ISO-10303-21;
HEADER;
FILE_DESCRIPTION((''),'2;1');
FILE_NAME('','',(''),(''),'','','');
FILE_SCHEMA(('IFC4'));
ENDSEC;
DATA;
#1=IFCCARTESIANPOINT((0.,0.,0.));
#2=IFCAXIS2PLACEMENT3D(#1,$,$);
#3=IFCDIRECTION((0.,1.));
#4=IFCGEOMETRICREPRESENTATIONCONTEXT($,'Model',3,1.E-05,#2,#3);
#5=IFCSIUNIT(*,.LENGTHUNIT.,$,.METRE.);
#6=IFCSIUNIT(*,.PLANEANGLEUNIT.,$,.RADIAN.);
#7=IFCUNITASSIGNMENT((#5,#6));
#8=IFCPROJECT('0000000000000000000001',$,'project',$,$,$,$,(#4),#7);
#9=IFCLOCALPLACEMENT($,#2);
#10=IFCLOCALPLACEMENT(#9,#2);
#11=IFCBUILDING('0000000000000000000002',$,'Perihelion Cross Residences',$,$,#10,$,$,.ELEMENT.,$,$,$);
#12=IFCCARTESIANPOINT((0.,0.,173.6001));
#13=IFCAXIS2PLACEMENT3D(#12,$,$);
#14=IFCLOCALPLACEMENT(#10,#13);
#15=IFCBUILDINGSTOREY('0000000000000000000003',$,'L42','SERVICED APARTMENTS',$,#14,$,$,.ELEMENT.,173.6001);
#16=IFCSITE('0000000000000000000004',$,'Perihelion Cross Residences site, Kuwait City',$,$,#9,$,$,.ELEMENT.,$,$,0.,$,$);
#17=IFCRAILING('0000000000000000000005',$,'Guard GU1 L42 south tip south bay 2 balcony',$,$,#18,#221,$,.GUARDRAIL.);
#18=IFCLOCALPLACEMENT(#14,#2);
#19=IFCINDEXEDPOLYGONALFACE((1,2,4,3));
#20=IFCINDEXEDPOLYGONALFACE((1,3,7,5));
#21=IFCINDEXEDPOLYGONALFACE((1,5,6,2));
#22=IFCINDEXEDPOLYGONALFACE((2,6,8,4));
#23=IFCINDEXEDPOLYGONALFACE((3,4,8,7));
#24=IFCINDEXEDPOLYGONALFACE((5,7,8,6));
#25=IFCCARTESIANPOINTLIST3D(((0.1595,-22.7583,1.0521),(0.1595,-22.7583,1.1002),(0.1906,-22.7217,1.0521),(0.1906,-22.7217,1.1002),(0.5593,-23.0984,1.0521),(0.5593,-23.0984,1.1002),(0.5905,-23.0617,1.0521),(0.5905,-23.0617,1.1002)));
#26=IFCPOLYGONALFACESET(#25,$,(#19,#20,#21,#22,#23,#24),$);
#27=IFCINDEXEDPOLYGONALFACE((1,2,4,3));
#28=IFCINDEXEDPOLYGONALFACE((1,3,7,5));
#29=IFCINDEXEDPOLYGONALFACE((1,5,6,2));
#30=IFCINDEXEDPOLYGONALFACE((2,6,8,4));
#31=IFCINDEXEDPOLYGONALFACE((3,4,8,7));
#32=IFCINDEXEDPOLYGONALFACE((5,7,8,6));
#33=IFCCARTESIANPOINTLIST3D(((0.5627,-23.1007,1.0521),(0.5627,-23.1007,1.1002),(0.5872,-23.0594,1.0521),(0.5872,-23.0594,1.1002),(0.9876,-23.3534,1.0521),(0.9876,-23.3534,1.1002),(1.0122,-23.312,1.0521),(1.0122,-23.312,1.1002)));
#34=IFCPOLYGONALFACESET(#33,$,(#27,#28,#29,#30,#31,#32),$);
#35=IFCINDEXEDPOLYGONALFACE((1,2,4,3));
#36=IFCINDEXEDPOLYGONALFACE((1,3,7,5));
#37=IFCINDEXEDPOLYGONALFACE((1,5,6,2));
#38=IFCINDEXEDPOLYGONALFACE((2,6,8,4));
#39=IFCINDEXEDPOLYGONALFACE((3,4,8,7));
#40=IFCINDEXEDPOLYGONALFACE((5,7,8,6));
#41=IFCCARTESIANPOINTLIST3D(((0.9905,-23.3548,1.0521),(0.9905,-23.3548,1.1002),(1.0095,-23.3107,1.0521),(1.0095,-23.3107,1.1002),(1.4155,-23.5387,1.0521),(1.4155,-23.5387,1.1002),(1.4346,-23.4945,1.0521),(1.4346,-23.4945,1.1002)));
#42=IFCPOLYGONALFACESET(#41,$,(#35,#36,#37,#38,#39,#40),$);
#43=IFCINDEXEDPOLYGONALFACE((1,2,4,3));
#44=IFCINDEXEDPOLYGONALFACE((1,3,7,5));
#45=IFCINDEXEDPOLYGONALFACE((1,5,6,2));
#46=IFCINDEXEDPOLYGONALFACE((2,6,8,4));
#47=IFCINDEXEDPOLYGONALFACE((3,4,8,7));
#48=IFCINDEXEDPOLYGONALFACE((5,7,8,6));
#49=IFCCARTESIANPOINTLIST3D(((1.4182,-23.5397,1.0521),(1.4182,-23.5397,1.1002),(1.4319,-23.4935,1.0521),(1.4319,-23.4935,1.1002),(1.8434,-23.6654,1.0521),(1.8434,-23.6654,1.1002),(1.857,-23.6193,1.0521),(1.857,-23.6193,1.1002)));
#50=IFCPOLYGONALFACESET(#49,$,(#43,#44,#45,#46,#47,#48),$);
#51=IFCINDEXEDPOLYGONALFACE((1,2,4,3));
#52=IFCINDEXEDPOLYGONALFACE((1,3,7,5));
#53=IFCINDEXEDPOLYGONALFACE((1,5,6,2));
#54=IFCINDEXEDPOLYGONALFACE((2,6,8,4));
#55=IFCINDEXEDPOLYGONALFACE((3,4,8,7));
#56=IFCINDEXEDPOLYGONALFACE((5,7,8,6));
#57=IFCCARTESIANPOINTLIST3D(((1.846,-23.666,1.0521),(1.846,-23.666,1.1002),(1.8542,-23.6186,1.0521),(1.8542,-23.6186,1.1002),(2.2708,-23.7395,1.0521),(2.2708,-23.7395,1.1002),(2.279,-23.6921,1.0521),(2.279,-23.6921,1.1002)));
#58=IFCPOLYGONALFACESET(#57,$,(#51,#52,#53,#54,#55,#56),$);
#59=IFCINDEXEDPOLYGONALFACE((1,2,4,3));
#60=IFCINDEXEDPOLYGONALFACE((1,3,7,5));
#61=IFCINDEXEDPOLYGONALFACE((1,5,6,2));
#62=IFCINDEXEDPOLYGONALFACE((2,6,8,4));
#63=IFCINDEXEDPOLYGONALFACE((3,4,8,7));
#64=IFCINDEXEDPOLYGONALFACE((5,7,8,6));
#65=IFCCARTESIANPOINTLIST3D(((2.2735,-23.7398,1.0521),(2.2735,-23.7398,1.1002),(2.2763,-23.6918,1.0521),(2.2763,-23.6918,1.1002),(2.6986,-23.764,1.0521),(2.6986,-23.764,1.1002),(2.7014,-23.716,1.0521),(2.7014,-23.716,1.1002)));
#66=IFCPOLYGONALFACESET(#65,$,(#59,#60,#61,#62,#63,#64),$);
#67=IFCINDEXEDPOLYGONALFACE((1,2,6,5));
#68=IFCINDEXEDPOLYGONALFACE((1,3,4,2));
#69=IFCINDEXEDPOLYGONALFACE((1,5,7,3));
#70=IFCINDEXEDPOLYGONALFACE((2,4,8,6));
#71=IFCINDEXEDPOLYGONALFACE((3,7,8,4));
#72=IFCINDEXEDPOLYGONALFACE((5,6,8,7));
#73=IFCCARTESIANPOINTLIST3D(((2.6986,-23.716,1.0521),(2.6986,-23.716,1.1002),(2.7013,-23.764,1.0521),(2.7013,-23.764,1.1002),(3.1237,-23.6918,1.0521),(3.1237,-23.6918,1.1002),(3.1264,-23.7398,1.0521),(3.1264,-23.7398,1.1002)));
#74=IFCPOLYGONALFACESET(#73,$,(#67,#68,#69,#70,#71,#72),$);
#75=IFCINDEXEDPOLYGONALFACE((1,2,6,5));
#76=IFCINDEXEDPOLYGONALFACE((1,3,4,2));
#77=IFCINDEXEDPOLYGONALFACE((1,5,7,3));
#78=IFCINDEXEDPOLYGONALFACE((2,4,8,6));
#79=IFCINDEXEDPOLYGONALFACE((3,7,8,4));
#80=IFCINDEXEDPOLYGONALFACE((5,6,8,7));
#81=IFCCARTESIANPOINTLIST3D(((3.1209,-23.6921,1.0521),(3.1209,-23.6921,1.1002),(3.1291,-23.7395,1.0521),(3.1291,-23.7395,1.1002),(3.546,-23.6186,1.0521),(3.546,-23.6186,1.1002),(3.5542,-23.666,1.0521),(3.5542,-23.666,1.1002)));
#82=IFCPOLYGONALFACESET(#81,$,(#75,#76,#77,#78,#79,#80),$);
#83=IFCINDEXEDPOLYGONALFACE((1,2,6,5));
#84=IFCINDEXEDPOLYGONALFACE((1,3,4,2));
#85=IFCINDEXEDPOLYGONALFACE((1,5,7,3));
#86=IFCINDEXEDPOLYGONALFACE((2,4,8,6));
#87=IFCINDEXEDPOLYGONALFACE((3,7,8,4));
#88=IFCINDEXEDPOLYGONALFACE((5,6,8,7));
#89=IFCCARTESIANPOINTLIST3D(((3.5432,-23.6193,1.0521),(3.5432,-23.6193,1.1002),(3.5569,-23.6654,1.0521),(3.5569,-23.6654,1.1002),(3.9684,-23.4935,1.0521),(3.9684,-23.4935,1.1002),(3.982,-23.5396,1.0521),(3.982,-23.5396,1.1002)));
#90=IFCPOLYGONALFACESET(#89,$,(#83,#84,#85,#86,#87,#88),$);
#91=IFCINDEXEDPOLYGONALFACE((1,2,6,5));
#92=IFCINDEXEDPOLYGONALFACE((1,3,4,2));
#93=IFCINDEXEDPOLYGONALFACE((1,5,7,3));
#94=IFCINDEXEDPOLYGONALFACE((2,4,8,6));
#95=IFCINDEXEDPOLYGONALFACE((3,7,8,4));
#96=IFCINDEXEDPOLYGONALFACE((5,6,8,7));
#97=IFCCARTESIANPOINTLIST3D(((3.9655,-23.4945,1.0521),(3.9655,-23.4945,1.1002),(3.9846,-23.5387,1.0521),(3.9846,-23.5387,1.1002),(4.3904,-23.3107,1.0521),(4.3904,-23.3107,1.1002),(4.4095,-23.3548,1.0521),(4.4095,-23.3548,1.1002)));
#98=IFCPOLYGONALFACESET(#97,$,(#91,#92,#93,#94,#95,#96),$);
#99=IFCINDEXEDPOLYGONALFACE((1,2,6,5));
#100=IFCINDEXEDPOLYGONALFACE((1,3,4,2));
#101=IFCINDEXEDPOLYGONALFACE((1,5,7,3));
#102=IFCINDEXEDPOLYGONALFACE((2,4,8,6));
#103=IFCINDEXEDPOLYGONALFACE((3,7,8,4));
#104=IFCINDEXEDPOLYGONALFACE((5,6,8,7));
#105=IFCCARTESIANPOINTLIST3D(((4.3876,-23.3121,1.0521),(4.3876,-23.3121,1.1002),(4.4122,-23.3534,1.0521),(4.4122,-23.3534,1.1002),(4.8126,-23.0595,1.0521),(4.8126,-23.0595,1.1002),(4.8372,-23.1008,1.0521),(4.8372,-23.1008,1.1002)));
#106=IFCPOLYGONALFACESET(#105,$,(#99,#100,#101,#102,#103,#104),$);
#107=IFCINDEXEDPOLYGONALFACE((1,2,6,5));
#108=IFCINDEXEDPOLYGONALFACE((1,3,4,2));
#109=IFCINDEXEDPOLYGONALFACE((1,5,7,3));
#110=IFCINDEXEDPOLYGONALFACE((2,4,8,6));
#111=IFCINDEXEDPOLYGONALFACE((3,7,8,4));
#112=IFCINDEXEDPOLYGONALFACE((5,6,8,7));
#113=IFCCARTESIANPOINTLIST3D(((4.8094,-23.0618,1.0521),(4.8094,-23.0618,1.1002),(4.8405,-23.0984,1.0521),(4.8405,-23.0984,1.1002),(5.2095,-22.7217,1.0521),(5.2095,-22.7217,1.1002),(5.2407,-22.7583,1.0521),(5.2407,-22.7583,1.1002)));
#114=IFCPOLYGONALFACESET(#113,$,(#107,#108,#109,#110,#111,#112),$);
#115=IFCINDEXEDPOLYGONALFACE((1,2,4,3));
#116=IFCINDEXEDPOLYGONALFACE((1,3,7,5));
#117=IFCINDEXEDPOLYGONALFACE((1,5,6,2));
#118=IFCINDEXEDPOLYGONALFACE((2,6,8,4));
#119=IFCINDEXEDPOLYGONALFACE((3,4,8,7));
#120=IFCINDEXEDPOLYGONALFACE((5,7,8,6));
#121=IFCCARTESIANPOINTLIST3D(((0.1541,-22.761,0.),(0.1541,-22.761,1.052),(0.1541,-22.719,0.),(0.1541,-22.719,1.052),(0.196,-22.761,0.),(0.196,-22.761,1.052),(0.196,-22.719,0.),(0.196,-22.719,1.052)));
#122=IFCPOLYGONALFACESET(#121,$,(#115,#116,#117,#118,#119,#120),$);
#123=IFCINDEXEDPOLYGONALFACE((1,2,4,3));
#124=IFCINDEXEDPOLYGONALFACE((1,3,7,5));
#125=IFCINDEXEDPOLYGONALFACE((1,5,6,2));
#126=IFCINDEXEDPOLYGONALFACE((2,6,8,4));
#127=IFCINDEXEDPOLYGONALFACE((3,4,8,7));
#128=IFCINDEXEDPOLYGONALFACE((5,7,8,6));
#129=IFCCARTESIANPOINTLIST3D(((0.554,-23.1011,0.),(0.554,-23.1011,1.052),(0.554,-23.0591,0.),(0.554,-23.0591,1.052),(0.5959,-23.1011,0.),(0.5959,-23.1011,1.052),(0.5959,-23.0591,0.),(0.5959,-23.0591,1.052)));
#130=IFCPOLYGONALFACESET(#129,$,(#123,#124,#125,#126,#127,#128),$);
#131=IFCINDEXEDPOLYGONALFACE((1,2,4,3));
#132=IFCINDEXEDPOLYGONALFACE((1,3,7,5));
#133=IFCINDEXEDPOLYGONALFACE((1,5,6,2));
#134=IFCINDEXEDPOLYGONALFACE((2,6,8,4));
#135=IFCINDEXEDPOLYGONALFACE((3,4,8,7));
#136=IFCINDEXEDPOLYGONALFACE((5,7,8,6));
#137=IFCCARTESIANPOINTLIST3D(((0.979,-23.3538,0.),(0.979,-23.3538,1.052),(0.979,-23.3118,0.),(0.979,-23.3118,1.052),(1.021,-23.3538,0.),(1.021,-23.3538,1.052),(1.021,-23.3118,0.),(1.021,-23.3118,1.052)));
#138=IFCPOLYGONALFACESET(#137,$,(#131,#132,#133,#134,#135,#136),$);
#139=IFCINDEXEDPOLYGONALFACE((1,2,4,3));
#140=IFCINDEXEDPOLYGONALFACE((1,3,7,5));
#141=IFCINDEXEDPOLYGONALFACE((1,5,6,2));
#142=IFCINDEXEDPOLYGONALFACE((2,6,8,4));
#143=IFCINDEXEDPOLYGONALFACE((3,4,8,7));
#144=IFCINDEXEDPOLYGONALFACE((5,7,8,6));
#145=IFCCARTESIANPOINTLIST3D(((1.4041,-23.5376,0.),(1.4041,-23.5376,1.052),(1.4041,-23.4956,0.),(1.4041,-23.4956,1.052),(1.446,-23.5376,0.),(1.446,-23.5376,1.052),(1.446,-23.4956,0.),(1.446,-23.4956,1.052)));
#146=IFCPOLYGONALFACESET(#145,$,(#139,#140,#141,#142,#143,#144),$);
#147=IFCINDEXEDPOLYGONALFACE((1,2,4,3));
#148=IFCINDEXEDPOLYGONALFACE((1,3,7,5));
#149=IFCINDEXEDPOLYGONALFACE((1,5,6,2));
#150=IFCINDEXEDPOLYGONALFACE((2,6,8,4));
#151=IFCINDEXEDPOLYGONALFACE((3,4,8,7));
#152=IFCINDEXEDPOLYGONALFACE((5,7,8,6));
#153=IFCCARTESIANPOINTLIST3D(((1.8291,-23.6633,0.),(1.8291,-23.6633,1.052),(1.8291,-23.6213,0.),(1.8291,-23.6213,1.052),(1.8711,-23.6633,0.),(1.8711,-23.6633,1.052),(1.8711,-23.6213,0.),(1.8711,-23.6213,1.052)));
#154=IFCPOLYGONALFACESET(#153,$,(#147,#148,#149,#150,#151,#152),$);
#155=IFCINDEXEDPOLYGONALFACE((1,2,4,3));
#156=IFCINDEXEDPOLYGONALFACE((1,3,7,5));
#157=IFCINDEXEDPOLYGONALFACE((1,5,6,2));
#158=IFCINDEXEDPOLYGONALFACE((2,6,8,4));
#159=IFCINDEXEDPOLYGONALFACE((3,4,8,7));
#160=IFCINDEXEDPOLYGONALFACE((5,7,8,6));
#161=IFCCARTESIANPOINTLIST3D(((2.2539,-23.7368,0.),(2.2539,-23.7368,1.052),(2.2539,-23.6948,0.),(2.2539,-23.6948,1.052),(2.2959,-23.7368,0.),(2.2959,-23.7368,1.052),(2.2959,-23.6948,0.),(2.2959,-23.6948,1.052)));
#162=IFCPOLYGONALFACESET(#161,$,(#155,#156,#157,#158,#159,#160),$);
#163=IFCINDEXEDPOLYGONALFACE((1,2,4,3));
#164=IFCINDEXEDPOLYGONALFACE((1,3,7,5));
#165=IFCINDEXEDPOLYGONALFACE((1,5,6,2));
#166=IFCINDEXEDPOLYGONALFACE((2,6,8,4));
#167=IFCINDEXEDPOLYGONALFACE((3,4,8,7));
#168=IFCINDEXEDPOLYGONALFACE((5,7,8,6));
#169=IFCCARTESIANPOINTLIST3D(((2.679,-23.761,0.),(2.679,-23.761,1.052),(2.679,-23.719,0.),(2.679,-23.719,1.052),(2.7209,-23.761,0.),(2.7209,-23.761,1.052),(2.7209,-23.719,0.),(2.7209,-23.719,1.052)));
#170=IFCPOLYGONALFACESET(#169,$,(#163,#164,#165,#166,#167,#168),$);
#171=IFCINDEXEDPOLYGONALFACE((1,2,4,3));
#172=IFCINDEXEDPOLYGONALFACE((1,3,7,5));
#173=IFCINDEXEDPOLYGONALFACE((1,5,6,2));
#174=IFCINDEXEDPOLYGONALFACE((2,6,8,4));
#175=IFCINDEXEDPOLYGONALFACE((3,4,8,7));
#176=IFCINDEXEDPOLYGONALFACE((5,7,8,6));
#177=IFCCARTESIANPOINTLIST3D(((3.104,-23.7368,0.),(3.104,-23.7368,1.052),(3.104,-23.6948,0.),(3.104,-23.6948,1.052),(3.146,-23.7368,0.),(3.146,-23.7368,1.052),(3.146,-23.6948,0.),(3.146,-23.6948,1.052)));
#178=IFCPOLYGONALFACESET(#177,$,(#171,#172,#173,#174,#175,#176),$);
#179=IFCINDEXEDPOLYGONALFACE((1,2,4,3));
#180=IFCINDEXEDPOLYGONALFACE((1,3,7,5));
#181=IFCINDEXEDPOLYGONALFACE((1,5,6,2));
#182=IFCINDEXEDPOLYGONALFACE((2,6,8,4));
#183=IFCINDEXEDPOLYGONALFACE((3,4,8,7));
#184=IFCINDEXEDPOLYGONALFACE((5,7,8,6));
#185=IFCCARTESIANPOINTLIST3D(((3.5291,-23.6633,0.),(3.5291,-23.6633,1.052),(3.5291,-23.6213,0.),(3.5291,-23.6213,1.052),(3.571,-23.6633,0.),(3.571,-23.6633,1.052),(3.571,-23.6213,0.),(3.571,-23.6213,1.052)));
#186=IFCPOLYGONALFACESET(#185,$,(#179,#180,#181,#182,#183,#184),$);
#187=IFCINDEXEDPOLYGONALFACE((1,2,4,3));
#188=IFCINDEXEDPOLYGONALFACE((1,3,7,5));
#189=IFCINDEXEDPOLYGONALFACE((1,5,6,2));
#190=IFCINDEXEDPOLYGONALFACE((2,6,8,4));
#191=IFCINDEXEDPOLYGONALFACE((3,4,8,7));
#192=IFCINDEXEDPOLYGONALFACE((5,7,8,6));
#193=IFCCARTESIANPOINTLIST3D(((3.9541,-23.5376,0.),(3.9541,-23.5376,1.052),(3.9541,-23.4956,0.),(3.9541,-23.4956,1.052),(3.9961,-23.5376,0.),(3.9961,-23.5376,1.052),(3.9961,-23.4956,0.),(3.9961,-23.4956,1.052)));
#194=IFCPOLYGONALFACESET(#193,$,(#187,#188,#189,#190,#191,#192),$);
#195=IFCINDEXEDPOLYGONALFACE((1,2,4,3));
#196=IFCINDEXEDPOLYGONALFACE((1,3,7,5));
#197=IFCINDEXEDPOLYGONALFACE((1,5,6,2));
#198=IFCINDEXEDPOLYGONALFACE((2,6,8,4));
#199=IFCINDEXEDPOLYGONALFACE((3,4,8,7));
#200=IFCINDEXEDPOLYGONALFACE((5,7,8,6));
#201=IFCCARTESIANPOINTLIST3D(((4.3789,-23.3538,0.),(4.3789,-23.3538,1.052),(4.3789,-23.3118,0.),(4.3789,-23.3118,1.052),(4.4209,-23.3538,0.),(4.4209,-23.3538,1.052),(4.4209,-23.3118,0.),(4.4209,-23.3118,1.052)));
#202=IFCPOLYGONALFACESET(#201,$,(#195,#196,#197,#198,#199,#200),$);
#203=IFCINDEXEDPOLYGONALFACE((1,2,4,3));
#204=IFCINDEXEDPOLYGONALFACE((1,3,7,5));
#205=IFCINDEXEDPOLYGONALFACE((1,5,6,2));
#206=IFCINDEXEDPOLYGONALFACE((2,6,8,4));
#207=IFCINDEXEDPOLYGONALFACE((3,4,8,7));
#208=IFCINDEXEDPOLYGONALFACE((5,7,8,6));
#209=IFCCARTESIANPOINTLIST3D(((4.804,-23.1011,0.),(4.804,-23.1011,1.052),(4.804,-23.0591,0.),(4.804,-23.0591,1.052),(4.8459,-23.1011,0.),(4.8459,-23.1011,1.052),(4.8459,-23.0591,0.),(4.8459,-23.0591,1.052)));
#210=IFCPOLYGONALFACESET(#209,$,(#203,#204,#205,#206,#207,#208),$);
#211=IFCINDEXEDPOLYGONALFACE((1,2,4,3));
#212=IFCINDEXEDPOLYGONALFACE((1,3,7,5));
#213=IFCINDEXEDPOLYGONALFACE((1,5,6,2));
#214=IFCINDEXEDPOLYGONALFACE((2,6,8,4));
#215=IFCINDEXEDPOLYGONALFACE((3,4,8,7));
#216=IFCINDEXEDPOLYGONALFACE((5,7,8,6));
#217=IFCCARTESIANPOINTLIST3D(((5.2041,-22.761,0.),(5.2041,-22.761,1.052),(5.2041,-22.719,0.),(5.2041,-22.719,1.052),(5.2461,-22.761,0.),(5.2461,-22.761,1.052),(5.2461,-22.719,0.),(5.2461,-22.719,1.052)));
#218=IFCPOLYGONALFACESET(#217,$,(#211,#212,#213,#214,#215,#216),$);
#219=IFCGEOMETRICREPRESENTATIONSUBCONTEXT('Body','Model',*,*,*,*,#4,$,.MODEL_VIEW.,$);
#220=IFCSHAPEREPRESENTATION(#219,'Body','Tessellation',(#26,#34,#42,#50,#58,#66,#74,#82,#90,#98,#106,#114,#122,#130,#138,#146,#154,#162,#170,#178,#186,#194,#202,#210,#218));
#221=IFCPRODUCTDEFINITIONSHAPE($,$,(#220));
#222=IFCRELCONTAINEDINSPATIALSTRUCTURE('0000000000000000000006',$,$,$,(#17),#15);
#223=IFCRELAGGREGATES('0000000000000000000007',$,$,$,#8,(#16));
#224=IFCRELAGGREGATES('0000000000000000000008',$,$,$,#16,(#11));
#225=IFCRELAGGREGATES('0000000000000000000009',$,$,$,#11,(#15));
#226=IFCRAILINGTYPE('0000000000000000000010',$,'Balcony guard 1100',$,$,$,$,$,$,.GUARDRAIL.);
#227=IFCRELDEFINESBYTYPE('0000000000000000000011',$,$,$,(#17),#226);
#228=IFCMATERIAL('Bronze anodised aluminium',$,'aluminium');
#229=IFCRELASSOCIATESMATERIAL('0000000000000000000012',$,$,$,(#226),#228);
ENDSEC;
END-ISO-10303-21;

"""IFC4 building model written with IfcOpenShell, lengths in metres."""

from ifc_helpers import new_model, si_unit, direction, frame, origin, origin_2d, place, context, subcontext, project, spatial, rectangle, extrude, material, type_object, element, save


model = new_model("IFC4")

# Units and contexts
model_context = context("Model", 3, precision=1e-05, world=origin(), true_north=direction((0.0, 1.0)))
body_context = subcontext(model_context, "Body", "Model", "MODEL_VIEW")
ifc_project = project(units=[si_unit("LENGTHUNIT", "METRE"), si_unit("PLANEANGLEUNIT", "RADIAN")], contexts=[model_context])

# Site, building, storey
site_placement = place(None, origin())
site = spatial("IfcSite", under=ifc_project, at=site_placement, Name="Perihelion Cross Residences site, Kuwait City", CompositionType="ELEMENT", RefElevation=0.0)
building_placement = place(site_placement, origin())
building = spatial("IfcBuilding", under=site, at=building_placement, Name="Perihelion Cross Residences", CompositionType="ELEMENT")
storey_placement = place(building_placement, frame((0.0, 0.0, 173.6001)))
storey = spatial("IfcBuildingStorey", under=building, at=storey_placement, Name="L42", Description="SERVICED APARTMENTS", CompositionType="ELEMENT", Elevation=173.6001)

# Railing
ifc_material_1 = material(Name="Bronze anodised aluminium", Category="aluminium")
railing_type = type_object("IfcRailingType", Name="Balcony guard 1100", PredefinedType="GUARDRAIL", material=ifc_material_1)
railing_placement = place(storey_placement, frame((0.175, -22.74, 0.0)))
element("IfcRailing", 1, at=railing_placement, inside=storey, type_object=railing_type, Name="Guard GU1 L42 south tip south bay 2 balcony", PredefinedType="GUARDRAIL", context=body_context, shape_type="SweptSolid", body=[
    extrude(rectangle(XDim=0.0481, YDim=0.0481, at=origin_2d()), frame((0.0, 0.0, 1.0762), z_axis=(0.761779, -0.647837, 0.0), x_axis=(0.647837, 0.761779, 0.0)), (0.0, 0.0, 1.0), 0.5249),
    extrude(rectangle(XDim=0.0481, YDim=0.0481, at=origin_2d()), frame((0.3999, -0.3401, 1.0762), z_axis=(0.859577, -0.511006, 0.0), x_axis=(0.511006, 0.859577, 0.0)), (0.0, 0.0, 1.0), 0.4944),
    extrude(rectangle(XDim=0.0481, YDim=0.0481, at=origin_2d()), frame((0.825, -0.5928, 1.0762), z_axis=(0.917831, -0.396971, 0.0), x_axis=(0.396971, 0.917831, 0.0)), (0.0, 0.0, 1.0), 0.4631),
    extrude(rectangle(XDim=0.0481, YDim=0.0481, at=origin_2d()), frame((1.25, -0.7766, 1.0762), z_axis=(0.958926, -0.283657, 0.0), x_axis=(0.283657, 0.958926, 0.0)), (0.0, 0.0, 1.0), 0.4434),
    extrude(rectangle(XDim=0.0481, YDim=0.0481, at=origin_2d()), frame((1.675, -0.9023, 1.0762), z_axis=(0.985365, -0.170457, 0.0), x_axis=(0.170457, 0.985365, 0.0)), (0.0, 0.0, 1.0), 0.4312),
    extrude(rectangle(XDim=0.0481, YDim=0.0481, at=origin_2d()), frame((2.0999, -0.9758, 1.0762), z_axis=(0.998387, -0.056772, 0.0), x_axis=(0.056772, 0.998387, 0.0)), (0.0, 0.0, 1.0), 0.4258),
    extrude(rectangle(XDim=0.0481, YDim=0.0481, at=origin_2d()), frame((2.5249, -1.0, 1.0762), z_axis=(0.998387, 0.056772, 0.0), x_axis=(-0.056772, 0.998387, 0.0)), (0.0, 0.0, 1.0), 0.4258),
    extrude(rectangle(XDim=0.0481, YDim=0.0481, at=origin_2d()), frame((2.95, -0.9758, 1.0762), z_axis=(0.985382, 0.170362, 0.0), x_axis=(-0.170362, 0.985382, 0.0)), (0.0, 0.0, 1.0), 0.4314),
    extrude(rectangle(XDim=0.0481, YDim=0.0481, at=origin_2d()), frame((3.375, -0.9023, 1.0762), z_axis=(0.958926, 0.283657, 0.0), x_axis=(-0.283657, 0.958926, 0.0)), (0.0, 0.0, 1.0), 0.4434),
    extrude(rectangle(XDim=0.0481, YDim=0.0481, at=origin_2d()), frame((3.8, -0.7766, 1.0762), z_axis=(0.917748, 0.397163, 0.0), x_axis=(-0.397163, 0.917748, 0.0)), (0.0, 0.0, 1.0), 0.4629),
    extrude(rectangle(XDim=0.0481, YDim=0.0481, at=origin_2d()), frame((4.2249, -0.5928, 1.0762), z_axis=(0.859577, 0.511006, 0.0), x_axis=(-0.511006, 0.859577, 0.0)), (0.0, 0.0, 1.0), 0.4944),
    extrude(rectangle(XDim=0.0481, YDim=0.0481, at=origin_2d()), frame((4.6499, -0.3401, 1.0762), z_axis=(0.761974, 0.647608, 0.0), x_axis=(-0.647608, 0.761974, 0.0)), (0.0, 0.0, 1.0), 0.5251),
    extrude(rectangle(XDim=0.042, YDim=0.042, at=origin_2d()), origin(), (0.0, 0.0, 1.0), 1.052),
    extrude(rectangle(XDim=0.042, YDim=0.042, at=origin_2d()), frame((0.3999, -0.3401, 0.0)), (0.0, 0.0, 1.0), 1.052),
    extrude(rectangle(XDim=0.042, YDim=0.042, at=origin_2d()), frame((0.825, -0.5928, 0.0)), (0.0, 0.0, 1.0), 1.052),
    extrude(rectangle(XDim=0.042, YDim=0.042, at=origin_2d()), frame((1.25, -0.7766, 0.0)), (0.0, 0.0, 1.0), 1.052),
    extrude(rectangle(XDim=0.042, YDim=0.042, at=origin_2d()), frame((1.675, -0.9023, 0.0)), (0.0, 0.0, 1.0), 1.052),
    extrude(rectangle(XDim=0.042, YDim=0.042, at=origin_2d()), frame((2.0999, -0.9758, 0.0)), (0.0, 0.0, 1.0), 1.052),
    extrude(rectangle(XDim=0.042, YDim=0.042, at=origin_2d()), frame((2.5249, -1.0, 0.0)), (0.0, 0.0, 1.0), 1.052),
    extrude(rectangle(XDim=0.042, YDim=0.042, at=origin_2d()), frame((2.95, -0.9758, 0.0)), (0.0, 0.0, 1.0), 1.052),
    extrude(rectangle(XDim=0.042, YDim=0.042, at=origin_2d()), frame((3.375, -0.9023, 0.0)), (0.0, 0.0, 1.0), 1.052),
    extrude(rectangle(XDim=0.042, YDim=0.042, at=origin_2d()), frame((3.8, -0.7766, 0.0)), (0.0, 0.0, 1.0), 1.052),
    extrude(rectangle(XDim=0.042, YDim=0.042, at=origin_2d()), frame((4.2249, -0.5928, 0.0)), (0.0, 0.0, 1.0), 1.052),
    extrude(rectangle(XDim=0.042, YDim=0.042, at=origin_2d()), frame((4.6499, -0.3401, 0.0)), (0.0, 0.0, 1.0), 1.052),
    extrude(rectangle(XDim=0.042, YDim=0.042, at=origin_2d()), frame((5.05, 0.0, 0.0)), (0.0, 0.0, 1.0), 1.052),
])

save(model, "model.ifc")
